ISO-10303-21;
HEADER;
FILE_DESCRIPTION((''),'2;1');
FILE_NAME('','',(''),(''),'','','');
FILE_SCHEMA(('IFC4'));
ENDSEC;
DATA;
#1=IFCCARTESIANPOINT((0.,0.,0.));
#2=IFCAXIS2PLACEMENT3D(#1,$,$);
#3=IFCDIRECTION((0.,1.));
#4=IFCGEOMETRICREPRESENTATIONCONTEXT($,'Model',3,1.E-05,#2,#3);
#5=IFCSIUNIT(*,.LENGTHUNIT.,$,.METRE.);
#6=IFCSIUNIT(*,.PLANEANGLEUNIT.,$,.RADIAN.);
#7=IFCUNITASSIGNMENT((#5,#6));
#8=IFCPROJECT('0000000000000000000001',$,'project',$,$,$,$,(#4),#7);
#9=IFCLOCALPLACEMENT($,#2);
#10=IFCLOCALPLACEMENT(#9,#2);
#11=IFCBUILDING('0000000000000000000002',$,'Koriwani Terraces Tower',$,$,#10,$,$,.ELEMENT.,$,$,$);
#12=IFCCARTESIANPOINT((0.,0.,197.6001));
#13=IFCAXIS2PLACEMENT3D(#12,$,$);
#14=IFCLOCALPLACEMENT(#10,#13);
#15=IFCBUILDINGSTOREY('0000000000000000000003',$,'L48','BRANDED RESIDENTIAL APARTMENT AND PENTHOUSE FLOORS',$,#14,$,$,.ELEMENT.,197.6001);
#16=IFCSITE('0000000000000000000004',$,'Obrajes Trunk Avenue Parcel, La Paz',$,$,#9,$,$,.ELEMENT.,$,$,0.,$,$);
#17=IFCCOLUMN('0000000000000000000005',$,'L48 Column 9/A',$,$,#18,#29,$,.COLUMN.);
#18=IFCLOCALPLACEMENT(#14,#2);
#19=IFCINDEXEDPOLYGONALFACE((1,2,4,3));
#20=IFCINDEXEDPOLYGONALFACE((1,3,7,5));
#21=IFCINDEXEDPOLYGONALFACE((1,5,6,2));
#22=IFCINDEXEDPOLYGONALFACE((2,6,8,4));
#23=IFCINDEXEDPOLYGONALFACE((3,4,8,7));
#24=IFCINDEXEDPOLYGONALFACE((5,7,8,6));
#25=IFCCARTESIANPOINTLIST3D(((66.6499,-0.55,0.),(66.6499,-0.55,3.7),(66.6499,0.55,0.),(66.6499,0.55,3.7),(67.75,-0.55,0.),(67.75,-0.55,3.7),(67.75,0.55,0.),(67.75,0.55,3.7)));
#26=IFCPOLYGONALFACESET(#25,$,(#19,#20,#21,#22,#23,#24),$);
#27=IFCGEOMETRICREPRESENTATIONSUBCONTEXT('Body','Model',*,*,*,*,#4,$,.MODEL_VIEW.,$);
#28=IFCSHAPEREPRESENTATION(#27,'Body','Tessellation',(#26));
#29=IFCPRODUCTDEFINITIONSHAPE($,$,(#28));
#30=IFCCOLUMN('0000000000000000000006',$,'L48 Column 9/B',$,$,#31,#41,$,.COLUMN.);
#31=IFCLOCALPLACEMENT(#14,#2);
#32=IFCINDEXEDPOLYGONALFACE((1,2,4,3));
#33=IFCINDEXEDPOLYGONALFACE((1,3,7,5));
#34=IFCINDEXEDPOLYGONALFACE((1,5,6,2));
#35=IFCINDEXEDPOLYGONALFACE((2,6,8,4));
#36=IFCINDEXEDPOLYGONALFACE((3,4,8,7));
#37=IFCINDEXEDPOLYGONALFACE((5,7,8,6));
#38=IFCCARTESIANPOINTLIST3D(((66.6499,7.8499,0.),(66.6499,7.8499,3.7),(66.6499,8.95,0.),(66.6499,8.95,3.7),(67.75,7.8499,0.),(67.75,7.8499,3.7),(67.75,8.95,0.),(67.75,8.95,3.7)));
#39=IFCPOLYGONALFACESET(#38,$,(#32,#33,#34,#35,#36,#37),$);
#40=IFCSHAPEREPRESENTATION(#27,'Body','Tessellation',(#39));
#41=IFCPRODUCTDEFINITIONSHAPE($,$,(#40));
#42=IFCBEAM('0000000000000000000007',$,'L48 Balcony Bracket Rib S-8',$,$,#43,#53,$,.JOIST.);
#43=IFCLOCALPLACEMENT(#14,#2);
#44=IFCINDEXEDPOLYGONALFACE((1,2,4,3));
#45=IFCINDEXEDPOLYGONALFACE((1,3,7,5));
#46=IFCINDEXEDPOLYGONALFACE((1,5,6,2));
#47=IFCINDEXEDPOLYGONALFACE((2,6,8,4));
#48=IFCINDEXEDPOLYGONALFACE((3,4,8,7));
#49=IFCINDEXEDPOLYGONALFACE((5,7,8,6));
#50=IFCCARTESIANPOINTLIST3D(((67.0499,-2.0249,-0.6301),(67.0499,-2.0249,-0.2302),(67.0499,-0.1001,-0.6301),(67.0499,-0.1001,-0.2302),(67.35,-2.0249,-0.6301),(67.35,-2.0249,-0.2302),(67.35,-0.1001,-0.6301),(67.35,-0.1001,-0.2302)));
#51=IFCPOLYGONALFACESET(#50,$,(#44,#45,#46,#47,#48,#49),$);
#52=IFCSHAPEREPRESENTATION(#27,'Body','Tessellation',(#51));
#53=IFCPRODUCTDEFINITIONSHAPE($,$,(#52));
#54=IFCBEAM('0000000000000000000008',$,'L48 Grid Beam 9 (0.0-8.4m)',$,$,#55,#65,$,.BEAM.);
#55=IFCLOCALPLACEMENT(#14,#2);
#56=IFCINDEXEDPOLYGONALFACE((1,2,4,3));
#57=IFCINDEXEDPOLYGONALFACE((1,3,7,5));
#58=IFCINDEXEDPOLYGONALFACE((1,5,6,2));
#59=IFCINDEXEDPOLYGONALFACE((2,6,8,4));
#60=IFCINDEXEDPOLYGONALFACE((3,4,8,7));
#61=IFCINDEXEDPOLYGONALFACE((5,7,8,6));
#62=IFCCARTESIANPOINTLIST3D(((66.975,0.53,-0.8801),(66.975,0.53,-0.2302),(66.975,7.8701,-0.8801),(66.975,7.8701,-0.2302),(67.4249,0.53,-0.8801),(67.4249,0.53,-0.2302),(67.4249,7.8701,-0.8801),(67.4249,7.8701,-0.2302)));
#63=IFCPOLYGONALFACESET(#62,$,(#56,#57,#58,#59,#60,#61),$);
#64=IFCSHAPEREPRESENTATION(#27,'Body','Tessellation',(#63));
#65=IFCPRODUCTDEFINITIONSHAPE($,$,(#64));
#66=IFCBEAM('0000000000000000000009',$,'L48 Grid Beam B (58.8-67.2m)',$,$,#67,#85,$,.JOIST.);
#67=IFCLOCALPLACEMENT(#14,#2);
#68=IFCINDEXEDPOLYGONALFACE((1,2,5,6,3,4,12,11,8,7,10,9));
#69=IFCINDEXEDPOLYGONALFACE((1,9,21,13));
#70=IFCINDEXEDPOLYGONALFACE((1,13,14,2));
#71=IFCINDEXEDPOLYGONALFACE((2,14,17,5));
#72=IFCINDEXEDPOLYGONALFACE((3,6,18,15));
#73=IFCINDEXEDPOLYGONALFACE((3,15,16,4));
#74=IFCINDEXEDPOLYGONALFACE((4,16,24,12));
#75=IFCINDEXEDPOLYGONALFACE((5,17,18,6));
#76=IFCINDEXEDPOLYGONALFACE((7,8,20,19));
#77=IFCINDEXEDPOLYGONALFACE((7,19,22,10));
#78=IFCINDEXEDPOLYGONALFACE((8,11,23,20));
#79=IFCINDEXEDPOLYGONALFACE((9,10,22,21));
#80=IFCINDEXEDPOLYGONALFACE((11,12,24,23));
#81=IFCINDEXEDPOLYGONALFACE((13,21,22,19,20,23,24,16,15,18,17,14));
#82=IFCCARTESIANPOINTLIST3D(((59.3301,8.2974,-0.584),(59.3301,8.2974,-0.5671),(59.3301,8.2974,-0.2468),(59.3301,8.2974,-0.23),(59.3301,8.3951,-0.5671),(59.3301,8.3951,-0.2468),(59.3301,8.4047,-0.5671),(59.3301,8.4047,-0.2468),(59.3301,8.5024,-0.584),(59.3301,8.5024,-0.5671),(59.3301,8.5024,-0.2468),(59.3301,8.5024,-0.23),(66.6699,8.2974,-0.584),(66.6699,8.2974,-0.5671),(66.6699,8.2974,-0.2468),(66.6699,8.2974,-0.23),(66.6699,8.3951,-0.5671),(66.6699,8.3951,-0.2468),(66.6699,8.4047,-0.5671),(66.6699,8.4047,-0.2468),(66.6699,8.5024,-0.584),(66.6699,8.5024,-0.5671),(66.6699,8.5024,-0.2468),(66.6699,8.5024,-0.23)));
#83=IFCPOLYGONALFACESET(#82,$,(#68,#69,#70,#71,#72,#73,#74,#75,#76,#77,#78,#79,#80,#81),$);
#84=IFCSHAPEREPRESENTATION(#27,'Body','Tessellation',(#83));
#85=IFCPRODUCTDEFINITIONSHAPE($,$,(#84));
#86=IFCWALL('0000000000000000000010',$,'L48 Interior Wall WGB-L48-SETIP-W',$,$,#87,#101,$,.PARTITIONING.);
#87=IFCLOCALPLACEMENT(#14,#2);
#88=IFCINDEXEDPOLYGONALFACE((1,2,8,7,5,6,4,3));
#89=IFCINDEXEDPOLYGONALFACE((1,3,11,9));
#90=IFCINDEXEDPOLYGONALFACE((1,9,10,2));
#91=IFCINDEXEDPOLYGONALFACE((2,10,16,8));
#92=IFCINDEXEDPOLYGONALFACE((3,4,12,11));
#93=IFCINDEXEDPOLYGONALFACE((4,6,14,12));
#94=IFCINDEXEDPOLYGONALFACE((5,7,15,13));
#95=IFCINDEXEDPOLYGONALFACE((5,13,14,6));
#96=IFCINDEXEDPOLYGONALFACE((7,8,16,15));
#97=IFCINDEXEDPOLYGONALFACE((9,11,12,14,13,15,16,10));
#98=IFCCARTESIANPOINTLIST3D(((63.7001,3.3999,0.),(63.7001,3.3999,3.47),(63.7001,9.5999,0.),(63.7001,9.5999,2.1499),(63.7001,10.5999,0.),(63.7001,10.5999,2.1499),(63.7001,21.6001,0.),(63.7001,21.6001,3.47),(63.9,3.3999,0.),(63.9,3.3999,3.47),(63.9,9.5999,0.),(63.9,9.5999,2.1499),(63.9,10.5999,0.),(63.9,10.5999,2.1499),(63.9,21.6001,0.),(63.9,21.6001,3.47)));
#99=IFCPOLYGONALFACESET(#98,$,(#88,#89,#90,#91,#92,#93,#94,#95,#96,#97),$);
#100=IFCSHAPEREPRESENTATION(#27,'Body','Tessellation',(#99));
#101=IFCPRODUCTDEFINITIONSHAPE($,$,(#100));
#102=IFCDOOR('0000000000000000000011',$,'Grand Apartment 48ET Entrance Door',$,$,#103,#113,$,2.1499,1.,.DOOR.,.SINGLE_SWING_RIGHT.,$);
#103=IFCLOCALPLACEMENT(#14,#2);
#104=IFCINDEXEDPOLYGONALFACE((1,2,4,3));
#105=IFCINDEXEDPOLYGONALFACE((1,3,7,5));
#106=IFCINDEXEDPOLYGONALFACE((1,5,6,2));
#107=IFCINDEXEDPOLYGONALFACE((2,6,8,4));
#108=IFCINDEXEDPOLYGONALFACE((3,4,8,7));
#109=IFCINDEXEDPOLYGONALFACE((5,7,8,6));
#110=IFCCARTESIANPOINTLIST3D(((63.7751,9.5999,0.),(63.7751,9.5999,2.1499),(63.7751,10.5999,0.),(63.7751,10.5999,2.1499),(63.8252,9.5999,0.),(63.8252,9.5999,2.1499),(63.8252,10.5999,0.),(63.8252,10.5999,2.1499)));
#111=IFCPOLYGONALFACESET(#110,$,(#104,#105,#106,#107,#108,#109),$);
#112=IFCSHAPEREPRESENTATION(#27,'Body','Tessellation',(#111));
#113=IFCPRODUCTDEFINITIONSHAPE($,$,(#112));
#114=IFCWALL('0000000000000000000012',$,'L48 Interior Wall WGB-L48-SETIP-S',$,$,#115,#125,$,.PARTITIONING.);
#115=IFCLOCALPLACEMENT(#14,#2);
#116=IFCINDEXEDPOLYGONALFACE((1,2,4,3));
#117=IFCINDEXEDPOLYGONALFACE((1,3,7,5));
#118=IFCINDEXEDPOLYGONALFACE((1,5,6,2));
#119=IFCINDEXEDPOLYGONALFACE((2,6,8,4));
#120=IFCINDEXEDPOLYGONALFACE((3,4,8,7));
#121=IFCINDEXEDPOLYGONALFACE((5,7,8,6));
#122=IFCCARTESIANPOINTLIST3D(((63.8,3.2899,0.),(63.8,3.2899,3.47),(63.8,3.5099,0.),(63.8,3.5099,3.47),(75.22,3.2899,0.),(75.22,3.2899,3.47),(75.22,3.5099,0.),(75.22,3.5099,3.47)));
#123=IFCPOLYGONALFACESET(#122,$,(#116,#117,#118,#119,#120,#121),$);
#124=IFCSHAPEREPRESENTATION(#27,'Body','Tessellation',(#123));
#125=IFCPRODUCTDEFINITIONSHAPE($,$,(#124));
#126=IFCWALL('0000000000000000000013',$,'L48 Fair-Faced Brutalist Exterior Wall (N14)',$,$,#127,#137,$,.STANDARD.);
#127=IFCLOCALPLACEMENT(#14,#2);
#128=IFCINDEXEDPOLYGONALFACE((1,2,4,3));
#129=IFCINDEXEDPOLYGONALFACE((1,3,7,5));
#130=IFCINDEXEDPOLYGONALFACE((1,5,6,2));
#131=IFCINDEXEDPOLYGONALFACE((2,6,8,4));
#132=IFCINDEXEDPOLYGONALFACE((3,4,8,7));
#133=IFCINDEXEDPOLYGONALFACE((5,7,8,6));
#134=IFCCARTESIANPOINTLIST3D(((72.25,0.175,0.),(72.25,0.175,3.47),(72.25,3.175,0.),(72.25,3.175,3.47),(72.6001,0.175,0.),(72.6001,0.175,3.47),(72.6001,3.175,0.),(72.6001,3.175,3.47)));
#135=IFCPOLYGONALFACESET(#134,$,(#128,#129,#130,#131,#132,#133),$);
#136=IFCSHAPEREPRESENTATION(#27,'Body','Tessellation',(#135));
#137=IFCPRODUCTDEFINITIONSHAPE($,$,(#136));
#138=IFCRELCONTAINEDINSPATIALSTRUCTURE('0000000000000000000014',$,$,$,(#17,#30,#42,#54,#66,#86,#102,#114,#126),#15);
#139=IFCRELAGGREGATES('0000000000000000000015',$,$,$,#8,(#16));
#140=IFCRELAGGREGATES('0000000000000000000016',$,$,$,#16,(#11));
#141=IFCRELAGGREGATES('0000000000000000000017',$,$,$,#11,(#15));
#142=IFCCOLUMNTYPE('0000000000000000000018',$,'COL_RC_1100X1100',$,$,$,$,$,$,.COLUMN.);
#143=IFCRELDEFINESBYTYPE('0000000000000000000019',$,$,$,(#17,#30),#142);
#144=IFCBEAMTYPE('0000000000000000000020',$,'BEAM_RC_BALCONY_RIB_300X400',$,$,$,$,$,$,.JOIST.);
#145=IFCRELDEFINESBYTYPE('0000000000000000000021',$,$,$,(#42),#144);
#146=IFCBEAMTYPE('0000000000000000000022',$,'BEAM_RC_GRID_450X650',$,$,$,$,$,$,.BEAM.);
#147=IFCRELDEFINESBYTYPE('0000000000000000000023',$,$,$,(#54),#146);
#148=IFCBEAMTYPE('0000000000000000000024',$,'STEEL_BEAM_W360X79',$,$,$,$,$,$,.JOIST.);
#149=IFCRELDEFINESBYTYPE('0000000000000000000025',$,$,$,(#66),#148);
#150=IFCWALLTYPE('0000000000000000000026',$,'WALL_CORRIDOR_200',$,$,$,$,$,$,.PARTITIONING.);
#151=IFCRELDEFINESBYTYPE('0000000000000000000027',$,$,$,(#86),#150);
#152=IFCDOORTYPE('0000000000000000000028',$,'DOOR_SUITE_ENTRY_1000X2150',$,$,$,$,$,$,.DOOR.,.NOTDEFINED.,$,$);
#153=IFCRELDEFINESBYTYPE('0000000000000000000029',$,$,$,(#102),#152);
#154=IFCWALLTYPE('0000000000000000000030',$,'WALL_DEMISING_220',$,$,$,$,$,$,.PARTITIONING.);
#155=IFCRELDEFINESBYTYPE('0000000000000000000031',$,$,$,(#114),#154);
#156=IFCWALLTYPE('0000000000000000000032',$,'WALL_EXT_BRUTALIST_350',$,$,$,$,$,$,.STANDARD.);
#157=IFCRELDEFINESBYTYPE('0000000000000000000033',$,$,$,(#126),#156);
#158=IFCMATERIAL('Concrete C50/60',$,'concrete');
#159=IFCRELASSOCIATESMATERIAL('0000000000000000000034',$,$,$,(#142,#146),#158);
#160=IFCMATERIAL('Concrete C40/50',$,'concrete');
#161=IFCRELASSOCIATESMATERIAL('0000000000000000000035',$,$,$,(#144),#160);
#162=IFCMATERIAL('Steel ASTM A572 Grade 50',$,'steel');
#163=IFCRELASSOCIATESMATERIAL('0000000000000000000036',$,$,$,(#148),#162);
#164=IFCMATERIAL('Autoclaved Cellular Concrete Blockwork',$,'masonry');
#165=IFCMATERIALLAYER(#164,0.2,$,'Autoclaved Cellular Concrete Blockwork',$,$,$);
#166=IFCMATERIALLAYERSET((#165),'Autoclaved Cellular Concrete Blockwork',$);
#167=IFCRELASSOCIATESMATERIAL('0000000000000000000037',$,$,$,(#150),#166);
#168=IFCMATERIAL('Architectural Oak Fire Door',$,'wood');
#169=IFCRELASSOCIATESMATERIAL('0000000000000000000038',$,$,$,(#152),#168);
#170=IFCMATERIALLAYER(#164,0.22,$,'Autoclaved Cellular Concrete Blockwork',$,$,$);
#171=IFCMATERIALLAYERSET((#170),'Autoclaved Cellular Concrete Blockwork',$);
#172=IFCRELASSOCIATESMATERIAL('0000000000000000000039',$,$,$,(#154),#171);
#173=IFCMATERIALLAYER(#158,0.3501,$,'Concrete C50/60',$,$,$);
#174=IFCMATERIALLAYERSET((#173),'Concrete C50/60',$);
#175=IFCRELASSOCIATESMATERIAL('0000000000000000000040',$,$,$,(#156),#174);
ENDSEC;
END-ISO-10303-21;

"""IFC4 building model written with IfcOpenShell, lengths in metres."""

from ifc_helpers import new_model, si_unit, direction, frame, frame_2d, origin, origin_2d, place, context, subcontext, project, spatial, rectangle, i_section, extrude, material, layer, layer_set, material_profile, profile_set, type_object, element, fill, save


model = new_model("IFC4")

# Units and contexts
model_context = context("Model", 3, precision=1e-05, world=origin(), true_north=direction((0.0, 1.0)))
body_context = subcontext(model_context, "Body", "Model", "MODEL_VIEW")
ifc_project = project(units=[si_unit("LENGTHUNIT", "METRE"), si_unit("PLANEANGLEUNIT", "RADIAN")], contexts=[model_context])

# Site, building, storey
site_placement = place(None, origin())
site = spatial("IfcSite", under=ifc_project, at=site_placement, Name="Obrajes Trunk Avenue Parcel, La Paz", CompositionType="ELEMENT", RefElevation=0.0)
building_placement = place(site_placement, origin())
building = spatial("IfcBuilding", under=site, at=building_placement, Name="Koriwani Terraces Tower", CompositionType="ELEMENT")
storey_placement = place(building_placement, frame((0.0, 0.0, 197.6001)))
storey = spatial("IfcBuildingStorey", under=building, at=storey_placement, Name="L48", Description="BRANDED RESIDENTIAL APARTMENT AND PENTHOUSE FLOORS", CompositionType="ELEMENT", Elevation=197.6001)

# Columns
ifc_material_1 = material(Name="Concrete C50/60", Category="concrete")
ifc_material_profile_1 = material_profile(ifc_material_1, rectangle(XDim=1.1001, YDim=1.1001, at=origin_2d()), Name="Concrete C50/60", Category="LoadBearing")
ifc_profile_set_1 = profile_set([ifc_material_profile_1], Name="Concrete C50/60")
column_type = type_object("IfcColumnType", Name="COL_RC_1100X1100", PredefinedType="COLUMN", material=ifc_profile_set_1)
for number, where, z_axis, x_axis, name in (
    (1, (67.2, 0.0, 0.0), (0.0, 0.0, 1.0), (1.0, 0.0, 0.0), "L48 Column 9/A"),
    (2, (67.2, 8.3999, 0.0), (0.0, 0.0, 1.0), (1.0, 0.0, 0.0), "L48 Column 9/B"),
):
    element("IfcColumn", number, at=place(storey_placement, frame(where, z_axis=z_axis, x_axis=x_axis)), inside=storey, type_object=column_type, Name=name, PredefinedType="COLUMN", context=body_context, shape_type="SweptSolid", body=[
        extrude(rectangle(XDim=1.1001, YDim=1.1001, at=origin_2d()), origin(), (0.0, 0.0, 1.0), 3.7),
    ])

# Beams
ifc_material_2 = material(Name="Concrete C40/50", Category="concrete")
ifc_material_profile_2 = material_profile(ifc_material_2, rectangle(XDim=0.3, YDim=0.3999, at=origin_2d()), Name="Concrete C40/50", Category="LoadBearing")
ifc_profile_set_2 = profile_set([ifc_material_profile_2], Name="Concrete C40/50")
beam_type_1 = type_object("IfcBeamType", Name="BEAM_RC_BALCONY_RIB_300X400", PredefinedType="JOIST", material=ifc_profile_set_2)
beam_1_placement = place(storey_placement, frame((67.2, -2.0249, -0.4302), z_axis=(0.0, 1.0, 0.0), x_axis=(-1.0, 0.0, 0.0)))
element("IfcBeam", 3, at=beam_1_placement, inside=storey, type_object=beam_type_1, Name="L48 Balcony Bracket Rib S-8", PredefinedType="JOIST", context=body_context, shape_type="SweptSolid", body=[
    extrude(rectangle(XDim=0.3, YDim=0.3999, at=origin_2d()), origin(), (0.0, 0.0, 1.0), 1.9248),
])
ifc_material_profile_3 = material_profile(ifc_material_1, rectangle(XDim=0.45, YDim=0.6499, at=origin_2d()), Name="Concrete C50/60", Category="LoadBearing")
ifc_profile_set_3 = profile_set([ifc_material_profile_3], Name="Concrete C50/60")
beam_type_2 = type_object("IfcBeamType", Name="BEAM_RC_GRID_450X650", PredefinedType="BEAM", material=ifc_profile_set_3)
beam_2_placement = place(storey_placement, frame((67.2, 0.53, -0.5552), z_axis=(0.0, 1.0, 0.0), x_axis=(-1.0, 0.0, 0.0)))
element("IfcBeam", 4, at=beam_2_placement, inside=storey, type_object=beam_type_2, Name="L48 Grid Beam 9 (0.0-8.4m)", PredefinedType="BEAM", context=body_context, shape_type="SweptSolid", body=[
    extrude(rectangle(XDim=0.45, YDim=0.6499, at=origin_2d()), origin(), (0.0, 0.0, 1.0), 7.3401),
])
ifc_material_3 = material(Name="Steel ASTM A572 Grade 50", Category="steel")
ifc_material_profile_4 = material_profile(ifc_material_3, i_section(OverallWidth=0.2051, OverallDepth=0.354, WebThickness=0.0095, FlangeThickness=0.0168, at=origin_2d()), Name="Steel ASTM A572 Grade 50", Category="LoadBearing")
ifc_profile_set_4 = profile_set([ifc_material_profile_4], Name="Steel ASTM A572 Grade 50")
beam_type_3 = type_object("IfcBeamType", Name="STEEL_BEAM_W360X79", PredefinedType="JOIST", material=ifc_profile_set_4)
beam_3_placement = place(storey_placement, frame((59.3301, 8.3999, -0.407), z_axis=(1.0, 0.0, 0.0), x_axis=(0.0, 1.0, 0.0)))
element("IfcBeam", 5, at=beam_3_placement, inside=storey, type_object=beam_type_3, Name="L48 Grid Beam B (58.8-67.2m)", PredefinedType="JOIST", context=body_context, shape_type="SweptSolid", body=[
    extrude(i_section(OverallWidth=0.2051, OverallDepth=0.354, WebThickness=0.0095, FlangeThickness=0.0168, at=origin_2d()), origin(), (0.0, 0.0, 1.0), 7.3398),
])

# Wall, opening, door
ifc_material_4 = material(Name="Autoclaved Cellular Concrete Blockwork", Category="masonry")
ifc_layer_1 = layer(ifc_material_4, 0.2, Name="Autoclaved Cellular Concrete Blockwork")
ifc_layer_set_1 = layer_set([ifc_layer_1], Name="Autoclaved Cellular Concrete Blockwork")
wall_type_1 = type_object("IfcWallType", Name="WALL_CORRIDOR_200", PredefinedType="PARTITIONING", material=ifc_layer_set_1)
wall_1_placement = place(storey_placement, frame((63.8, 3.3999, 0.0), z_axis=(0.0, 0.0, 1.0), x_axis=(0.0, 1.0, 0.0)))
wall_1 = element("IfcWall", 6, at=wall_1_placement, inside=storey, type_object=wall_type_1, Name="L48 Interior Wall WGB-L48-SETIP-W", PredefinedType="PARTITIONING", context=body_context, shape_type="SweptSolid", body=[
    extrude(rectangle(XDim=18.2002, YDim=0.2, at=frame_2d((9.1001, 0.0))), origin(), (0.0, 0.0, 1.0), 3.47),
])
opening_1_placement = place(wall_1_placement, frame((6.2, 0.0, 0.0)))
opening_1 = element("IfcOpeningElement", 7, at=opening_1_placement, cuts=wall_1, PredefinedType="OPENING", context=body_context, shape_type="SweptSolid", body=[
    extrude(rectangle(XDim=1.0, YDim=2.1499, at=frame_2d((0.5, 1.075))), frame((0.0, 0.1099, 0.0), z_axis=(0.0, -1.0, 0.0), x_axis=(1.0, 0.0, 0.0)), (0.0, 0.0, 1.0), 0.22),
])
ifc_material_5 = material(Name="Architectural Oak Fire Door", Category="wood")
door_type_1 = type_object("IfcDoorType", Name="DOOR_SUITE_ENTRY_1000X2150", OperationType="NOTDEFINED", PredefinedType="DOOR", material=ifc_material_5)
door_1_placement = place(opening_1_placement, origin())
door_1 = element("IfcDoor", 8, at=door_1_placement, inside=storey, type_object=door_type_1, Name="Grand Apartment 48ET Entrance Door", OperationType="SINGLE_SWING_RIGHT", OverallHeight=2.1499, OverallWidth=1.0, PredefinedType="DOOR", context=body_context, shape_type="SweptSolid", body=[
    extrude(rectangle(XDim=1.0, YDim=2.1499, at=frame_2d((0.5, 1.075))), frame((0.0, 0.0249, 0.0), z_axis=(0.0, -1.0, 0.0), x_axis=(1.0, 0.0, 0.0)), (0.0, 0.0, 1.0), 0.05),
])
fill(opening_1, door_1)

# Walls
ifc_layer_2 = layer(ifc_material_4, 0.22, Name="Autoclaved Cellular Concrete Blockwork")
ifc_layer_set_2 = layer_set([ifc_layer_2], Name="Autoclaved Cellular Concrete Blockwork")
wall_type_2 = type_object("IfcWallType", Name="WALL_DEMISING_220", PredefinedType="PARTITIONING", material=ifc_layer_set_2)
wall_2_placement = place(storey_placement, frame((63.8, 3.3999, 0.0), z_axis=(0.0, 0.0, 1.0), x_axis=(1.0, 0.0, 0.0)))
element("IfcWall", 9, at=wall_2_placement, inside=storey, type_object=wall_type_2, Name="L48 Interior Wall WGB-L48-SETIP-S", PredefinedType="PARTITIONING", context=body_context, shape_type="SweptSolid", body=[
    extrude(rectangle(XDim=11.4199, YDim=0.22, at=frame_2d((5.71, 0.0))), origin(), (0.0, 0.0, 1.0), 3.47),
])
ifc_layer_3 = layer(ifc_material_1, 0.3501, Name="Concrete C50/60")
ifc_layer_set_3 = layer_set([ifc_layer_3], Name="Concrete C50/60")
wall_type_3 = type_object("IfcWallType", Name="WALL_EXT_BRUTALIST_350", PredefinedType="STANDARD", material=ifc_layer_set_3)
wall_3_placement = place(storey_placement, frame((72.425, 3.175, 0.0), z_axis=(0.0, 0.0, 1.0), x_axis=(0.0, -1.0, 0.0)))
element("IfcWall", 10, at=wall_3_placement, inside=storey, type_object=wall_type_3, Name="L48 Fair-Faced Brutalist Exterior Wall (N14)", PredefinedType="STANDARD", context=body_context, shape_type="SweptSolid", body=[
    extrude(rectangle(XDim=3.0, YDim=0.3501, at=frame_2d((1.5, 0.0))), origin(), (0.0, 0.0, 1.0), 3.47),
])

save(model, "model.ifc")
